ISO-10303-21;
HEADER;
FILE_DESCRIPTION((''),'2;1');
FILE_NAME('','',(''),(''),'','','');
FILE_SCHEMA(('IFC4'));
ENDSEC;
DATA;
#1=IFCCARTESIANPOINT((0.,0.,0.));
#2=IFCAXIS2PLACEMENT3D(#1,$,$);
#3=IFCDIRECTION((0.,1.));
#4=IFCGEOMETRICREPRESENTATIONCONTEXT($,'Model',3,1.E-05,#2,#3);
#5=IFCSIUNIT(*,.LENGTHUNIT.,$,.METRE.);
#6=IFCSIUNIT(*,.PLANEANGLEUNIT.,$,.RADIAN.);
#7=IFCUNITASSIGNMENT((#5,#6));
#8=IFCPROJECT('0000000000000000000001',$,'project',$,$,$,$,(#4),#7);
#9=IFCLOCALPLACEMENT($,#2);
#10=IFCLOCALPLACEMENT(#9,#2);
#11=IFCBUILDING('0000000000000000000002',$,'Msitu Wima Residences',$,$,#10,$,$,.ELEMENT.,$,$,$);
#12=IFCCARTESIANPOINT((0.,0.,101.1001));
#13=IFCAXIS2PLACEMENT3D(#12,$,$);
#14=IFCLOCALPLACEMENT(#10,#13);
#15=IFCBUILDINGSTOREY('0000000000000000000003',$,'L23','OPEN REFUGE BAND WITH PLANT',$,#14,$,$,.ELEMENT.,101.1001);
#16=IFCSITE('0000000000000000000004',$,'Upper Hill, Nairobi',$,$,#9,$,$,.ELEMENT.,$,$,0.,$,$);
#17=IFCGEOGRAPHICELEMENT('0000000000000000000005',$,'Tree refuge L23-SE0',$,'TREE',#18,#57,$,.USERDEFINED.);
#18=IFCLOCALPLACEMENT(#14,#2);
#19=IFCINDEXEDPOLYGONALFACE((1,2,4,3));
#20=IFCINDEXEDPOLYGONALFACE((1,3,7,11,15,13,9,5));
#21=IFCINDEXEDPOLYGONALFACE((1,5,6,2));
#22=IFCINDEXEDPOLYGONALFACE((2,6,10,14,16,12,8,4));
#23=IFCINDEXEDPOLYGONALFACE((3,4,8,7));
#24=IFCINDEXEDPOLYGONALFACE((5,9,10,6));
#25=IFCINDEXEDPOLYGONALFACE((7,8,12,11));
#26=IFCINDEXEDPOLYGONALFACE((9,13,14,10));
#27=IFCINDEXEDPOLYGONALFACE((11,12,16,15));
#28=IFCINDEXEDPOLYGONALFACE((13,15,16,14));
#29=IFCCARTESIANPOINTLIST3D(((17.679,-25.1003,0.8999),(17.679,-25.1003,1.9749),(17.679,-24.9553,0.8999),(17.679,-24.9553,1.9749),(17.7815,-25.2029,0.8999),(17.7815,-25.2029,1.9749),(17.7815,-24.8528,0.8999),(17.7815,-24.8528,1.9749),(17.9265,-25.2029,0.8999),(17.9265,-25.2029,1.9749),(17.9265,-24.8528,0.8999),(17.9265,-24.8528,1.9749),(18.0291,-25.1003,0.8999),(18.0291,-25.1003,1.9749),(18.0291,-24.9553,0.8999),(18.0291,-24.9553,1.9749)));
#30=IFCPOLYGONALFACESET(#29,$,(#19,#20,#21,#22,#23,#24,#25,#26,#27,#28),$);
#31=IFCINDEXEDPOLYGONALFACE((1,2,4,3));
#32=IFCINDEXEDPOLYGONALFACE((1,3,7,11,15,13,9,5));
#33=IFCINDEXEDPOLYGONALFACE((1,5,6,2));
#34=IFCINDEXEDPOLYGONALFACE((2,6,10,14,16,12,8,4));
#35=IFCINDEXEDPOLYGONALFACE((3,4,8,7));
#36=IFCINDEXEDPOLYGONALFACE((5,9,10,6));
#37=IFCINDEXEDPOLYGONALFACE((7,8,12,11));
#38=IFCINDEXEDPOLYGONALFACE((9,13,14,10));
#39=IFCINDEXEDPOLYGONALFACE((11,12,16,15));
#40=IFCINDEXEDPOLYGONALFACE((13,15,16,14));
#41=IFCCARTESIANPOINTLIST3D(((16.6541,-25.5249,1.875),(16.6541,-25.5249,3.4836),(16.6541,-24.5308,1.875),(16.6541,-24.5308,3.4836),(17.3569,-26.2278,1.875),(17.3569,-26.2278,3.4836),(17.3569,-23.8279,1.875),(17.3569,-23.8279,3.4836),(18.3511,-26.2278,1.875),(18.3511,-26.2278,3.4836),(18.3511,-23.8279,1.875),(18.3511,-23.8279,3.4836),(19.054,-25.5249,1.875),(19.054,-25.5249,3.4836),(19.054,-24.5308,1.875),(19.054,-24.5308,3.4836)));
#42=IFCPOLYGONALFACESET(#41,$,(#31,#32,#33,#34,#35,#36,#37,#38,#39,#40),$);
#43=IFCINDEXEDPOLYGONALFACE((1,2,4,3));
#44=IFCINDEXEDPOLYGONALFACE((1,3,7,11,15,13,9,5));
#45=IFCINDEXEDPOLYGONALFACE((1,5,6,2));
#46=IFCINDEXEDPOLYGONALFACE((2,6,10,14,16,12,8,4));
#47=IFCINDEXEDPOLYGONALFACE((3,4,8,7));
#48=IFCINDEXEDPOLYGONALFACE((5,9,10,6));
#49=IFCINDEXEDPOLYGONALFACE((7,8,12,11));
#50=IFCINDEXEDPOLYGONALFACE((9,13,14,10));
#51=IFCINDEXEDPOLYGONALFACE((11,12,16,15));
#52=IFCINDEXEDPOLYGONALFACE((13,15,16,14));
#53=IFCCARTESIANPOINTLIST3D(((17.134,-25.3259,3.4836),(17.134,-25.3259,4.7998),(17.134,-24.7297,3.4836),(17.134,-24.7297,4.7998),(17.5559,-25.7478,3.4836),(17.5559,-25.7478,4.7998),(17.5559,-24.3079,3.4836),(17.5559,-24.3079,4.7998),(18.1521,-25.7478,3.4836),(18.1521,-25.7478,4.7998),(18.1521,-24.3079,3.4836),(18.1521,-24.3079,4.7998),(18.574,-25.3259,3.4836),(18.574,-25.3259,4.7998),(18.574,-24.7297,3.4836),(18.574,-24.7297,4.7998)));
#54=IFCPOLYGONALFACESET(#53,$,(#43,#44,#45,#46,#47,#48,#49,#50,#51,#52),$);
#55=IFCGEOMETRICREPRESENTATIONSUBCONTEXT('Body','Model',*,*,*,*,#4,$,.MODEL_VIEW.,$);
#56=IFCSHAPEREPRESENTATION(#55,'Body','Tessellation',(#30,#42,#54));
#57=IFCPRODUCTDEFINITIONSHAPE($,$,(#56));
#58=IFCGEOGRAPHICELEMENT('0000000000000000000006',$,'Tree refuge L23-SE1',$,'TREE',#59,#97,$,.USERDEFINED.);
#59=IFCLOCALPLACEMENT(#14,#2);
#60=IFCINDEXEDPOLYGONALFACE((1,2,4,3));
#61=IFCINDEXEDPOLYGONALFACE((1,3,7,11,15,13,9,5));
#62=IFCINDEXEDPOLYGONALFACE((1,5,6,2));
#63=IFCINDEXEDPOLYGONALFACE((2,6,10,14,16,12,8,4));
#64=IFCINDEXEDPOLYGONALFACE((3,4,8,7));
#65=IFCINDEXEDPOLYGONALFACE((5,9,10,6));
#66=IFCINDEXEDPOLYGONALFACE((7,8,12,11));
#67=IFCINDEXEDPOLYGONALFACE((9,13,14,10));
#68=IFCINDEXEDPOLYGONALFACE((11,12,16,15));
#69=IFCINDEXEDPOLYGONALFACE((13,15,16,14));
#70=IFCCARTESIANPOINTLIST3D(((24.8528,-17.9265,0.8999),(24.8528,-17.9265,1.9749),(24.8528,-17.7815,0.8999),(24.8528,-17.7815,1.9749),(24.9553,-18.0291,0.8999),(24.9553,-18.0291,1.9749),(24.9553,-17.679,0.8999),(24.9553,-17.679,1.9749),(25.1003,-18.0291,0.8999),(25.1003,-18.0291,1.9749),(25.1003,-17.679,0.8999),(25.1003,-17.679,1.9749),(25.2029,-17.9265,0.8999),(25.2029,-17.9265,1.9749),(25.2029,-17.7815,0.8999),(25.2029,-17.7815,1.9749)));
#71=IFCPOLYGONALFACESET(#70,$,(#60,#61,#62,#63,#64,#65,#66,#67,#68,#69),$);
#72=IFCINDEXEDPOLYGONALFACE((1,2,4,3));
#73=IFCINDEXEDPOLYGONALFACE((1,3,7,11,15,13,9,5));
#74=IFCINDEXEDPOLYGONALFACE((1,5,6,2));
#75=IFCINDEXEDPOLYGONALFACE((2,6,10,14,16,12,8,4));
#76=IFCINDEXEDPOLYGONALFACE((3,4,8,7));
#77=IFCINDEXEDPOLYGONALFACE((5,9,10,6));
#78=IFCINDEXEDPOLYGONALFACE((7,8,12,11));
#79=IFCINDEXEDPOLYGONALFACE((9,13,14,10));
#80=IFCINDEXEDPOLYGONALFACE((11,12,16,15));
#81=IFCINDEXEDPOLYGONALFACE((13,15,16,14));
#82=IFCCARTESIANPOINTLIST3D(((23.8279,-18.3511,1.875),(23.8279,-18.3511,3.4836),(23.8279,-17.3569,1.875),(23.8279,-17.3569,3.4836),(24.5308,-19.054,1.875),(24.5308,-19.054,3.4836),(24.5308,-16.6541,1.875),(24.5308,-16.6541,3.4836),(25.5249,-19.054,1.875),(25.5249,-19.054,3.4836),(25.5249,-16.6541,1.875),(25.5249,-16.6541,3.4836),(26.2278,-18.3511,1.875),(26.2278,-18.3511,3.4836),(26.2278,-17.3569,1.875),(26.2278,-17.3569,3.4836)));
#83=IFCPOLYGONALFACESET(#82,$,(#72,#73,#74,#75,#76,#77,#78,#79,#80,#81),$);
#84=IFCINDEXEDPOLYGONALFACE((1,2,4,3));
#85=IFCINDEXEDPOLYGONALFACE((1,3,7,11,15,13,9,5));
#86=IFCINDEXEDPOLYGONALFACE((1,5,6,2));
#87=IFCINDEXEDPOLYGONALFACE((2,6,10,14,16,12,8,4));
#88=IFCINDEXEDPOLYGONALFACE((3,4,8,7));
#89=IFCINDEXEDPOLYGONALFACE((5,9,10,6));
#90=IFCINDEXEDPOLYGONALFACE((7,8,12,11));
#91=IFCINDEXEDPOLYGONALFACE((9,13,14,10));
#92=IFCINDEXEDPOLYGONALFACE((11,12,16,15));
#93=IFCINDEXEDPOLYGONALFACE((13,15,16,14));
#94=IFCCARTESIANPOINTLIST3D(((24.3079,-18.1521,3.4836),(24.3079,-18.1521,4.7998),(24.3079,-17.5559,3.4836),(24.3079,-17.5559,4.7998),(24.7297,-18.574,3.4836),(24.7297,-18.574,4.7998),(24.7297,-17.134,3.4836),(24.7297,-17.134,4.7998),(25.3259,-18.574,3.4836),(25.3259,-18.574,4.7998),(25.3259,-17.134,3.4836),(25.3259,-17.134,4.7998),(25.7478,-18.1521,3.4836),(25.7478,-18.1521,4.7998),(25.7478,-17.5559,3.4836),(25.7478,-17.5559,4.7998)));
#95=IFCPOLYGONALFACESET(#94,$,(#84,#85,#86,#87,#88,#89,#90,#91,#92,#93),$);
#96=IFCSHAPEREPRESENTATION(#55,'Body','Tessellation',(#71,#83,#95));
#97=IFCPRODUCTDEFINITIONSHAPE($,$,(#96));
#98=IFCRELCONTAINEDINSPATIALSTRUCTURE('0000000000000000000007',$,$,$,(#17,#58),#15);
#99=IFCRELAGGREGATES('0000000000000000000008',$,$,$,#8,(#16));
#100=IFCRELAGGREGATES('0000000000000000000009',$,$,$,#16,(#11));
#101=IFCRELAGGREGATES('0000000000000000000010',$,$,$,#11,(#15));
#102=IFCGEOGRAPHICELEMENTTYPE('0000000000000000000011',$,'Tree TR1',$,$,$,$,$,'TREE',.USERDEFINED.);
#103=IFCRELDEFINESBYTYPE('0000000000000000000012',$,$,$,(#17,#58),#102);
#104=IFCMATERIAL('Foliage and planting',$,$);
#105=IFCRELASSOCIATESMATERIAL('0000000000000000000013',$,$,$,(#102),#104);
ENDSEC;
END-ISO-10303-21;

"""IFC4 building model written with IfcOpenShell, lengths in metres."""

from ifc_helpers import new_model, si_unit, direction, frame, origin, place, context, subcontext, project, spatial, polyline, outline, extrude, material, type_object, element, save


model = new_model("IFC4")

# Units and contexts
model_context = context("Model", 3, precision=1e-05, world=origin(), true_north=direction((0.0, 1.0)))
body_context = subcontext(model_context, "Body", "Model", "MODEL_VIEW")
ifc_project = project(units=[si_unit("LENGTHUNIT", "METRE"), si_unit("PLANEANGLEUNIT", "RADIAN")], contexts=[model_context])

# Site, building, storey
site_placement = place(None, origin())
site = spatial("IfcSite", under=ifc_project, at=site_placement, Name="Upper Hill, Nairobi", CompositionType="ELEMENT", RefElevation=0.0)
building_placement = place(site_placement, origin())
building = spatial("IfcBuilding", under=site, at=building_placement, Name="Msitu Wima Residences", CompositionType="ELEMENT")
storey_placement = place(building_placement, frame((0.0, 0.0, 101.1001)))
storey = spatial("IfcBuildingStorey", under=building, at=storey_placement, Name="L23", Description="OPEN REFUGE BAND WITH PLANT", CompositionType="ELEMENT", Elevation=101.1001)

# Geographic elements
ifc_material_1 = material(Name="Foliage and planting")
geographic_element_type = type_object("IfcGeographicElementType", Name="Tree TR1", ElementType="TREE", PredefinedType="USERDEFINED", material=ifc_material_1)
for number, where, z_axis, x_axis, name in (
    (1, (17.854, -25.0278, 0.8999), (0.0, 0.0, 1.0), (1.0, 0.0, 0.0), "Tree refuge L23-SE0"),
    (2, (25.0278, -17.854, 0.8999), (0.0, 0.0, 1.0), (1.0, 0.0, 0.0), "Tree refuge L23-SE1"),
):
    element("IfcGeographicElement", number, at=place(storey_placement, frame(where, z_axis=z_axis, x_axis=x_axis)), inside=storey, type_object=geographic_element_type, Name=name, ObjectType="TREE", PredefinedType="USERDEFINED", context=body_context, shape_type="SweptSolid", body=[
        extrude(outline(polyline([(0.175, 0.0725), (0.0725, 0.175), (-0.0725, 0.175), (-0.175, 0.0725), (-0.175, -0.0725), (-0.0725, -0.175), (0.0725, -0.175), (0.175, -0.0725), (0.175, 0.0725)])), origin(), (0.0, 0.0, 1.0), 1.075),
        extrude(outline(polyline([(1.2, 0.4971), (0.4971, 1.2), (-0.4971, 1.2), (-1.2, 0.4971), (-1.2, -0.4971), (-0.4971, -1.2), (0.4971, -1.2), (1.2, -0.4971), (1.2, 0.4971)])), frame((0.0, 0.0, 0.9751)), (0.0, 0.0, 1.0), 1.6086),
        extrude(outline(polyline([(0.72, 0.2981), (0.2981, 0.72), (-0.2981, 0.72), (-0.72, 0.2981), (-0.72, -0.2981), (-0.2981, -0.72), (0.2981, -0.72), (0.72, -0.2981), (0.72, 0.2981)])), frame((0.0, 0.0, 2.5837)), (0.0, 0.0, 1.0), 1.3162),
    ])

save(model, "model.ifc")
